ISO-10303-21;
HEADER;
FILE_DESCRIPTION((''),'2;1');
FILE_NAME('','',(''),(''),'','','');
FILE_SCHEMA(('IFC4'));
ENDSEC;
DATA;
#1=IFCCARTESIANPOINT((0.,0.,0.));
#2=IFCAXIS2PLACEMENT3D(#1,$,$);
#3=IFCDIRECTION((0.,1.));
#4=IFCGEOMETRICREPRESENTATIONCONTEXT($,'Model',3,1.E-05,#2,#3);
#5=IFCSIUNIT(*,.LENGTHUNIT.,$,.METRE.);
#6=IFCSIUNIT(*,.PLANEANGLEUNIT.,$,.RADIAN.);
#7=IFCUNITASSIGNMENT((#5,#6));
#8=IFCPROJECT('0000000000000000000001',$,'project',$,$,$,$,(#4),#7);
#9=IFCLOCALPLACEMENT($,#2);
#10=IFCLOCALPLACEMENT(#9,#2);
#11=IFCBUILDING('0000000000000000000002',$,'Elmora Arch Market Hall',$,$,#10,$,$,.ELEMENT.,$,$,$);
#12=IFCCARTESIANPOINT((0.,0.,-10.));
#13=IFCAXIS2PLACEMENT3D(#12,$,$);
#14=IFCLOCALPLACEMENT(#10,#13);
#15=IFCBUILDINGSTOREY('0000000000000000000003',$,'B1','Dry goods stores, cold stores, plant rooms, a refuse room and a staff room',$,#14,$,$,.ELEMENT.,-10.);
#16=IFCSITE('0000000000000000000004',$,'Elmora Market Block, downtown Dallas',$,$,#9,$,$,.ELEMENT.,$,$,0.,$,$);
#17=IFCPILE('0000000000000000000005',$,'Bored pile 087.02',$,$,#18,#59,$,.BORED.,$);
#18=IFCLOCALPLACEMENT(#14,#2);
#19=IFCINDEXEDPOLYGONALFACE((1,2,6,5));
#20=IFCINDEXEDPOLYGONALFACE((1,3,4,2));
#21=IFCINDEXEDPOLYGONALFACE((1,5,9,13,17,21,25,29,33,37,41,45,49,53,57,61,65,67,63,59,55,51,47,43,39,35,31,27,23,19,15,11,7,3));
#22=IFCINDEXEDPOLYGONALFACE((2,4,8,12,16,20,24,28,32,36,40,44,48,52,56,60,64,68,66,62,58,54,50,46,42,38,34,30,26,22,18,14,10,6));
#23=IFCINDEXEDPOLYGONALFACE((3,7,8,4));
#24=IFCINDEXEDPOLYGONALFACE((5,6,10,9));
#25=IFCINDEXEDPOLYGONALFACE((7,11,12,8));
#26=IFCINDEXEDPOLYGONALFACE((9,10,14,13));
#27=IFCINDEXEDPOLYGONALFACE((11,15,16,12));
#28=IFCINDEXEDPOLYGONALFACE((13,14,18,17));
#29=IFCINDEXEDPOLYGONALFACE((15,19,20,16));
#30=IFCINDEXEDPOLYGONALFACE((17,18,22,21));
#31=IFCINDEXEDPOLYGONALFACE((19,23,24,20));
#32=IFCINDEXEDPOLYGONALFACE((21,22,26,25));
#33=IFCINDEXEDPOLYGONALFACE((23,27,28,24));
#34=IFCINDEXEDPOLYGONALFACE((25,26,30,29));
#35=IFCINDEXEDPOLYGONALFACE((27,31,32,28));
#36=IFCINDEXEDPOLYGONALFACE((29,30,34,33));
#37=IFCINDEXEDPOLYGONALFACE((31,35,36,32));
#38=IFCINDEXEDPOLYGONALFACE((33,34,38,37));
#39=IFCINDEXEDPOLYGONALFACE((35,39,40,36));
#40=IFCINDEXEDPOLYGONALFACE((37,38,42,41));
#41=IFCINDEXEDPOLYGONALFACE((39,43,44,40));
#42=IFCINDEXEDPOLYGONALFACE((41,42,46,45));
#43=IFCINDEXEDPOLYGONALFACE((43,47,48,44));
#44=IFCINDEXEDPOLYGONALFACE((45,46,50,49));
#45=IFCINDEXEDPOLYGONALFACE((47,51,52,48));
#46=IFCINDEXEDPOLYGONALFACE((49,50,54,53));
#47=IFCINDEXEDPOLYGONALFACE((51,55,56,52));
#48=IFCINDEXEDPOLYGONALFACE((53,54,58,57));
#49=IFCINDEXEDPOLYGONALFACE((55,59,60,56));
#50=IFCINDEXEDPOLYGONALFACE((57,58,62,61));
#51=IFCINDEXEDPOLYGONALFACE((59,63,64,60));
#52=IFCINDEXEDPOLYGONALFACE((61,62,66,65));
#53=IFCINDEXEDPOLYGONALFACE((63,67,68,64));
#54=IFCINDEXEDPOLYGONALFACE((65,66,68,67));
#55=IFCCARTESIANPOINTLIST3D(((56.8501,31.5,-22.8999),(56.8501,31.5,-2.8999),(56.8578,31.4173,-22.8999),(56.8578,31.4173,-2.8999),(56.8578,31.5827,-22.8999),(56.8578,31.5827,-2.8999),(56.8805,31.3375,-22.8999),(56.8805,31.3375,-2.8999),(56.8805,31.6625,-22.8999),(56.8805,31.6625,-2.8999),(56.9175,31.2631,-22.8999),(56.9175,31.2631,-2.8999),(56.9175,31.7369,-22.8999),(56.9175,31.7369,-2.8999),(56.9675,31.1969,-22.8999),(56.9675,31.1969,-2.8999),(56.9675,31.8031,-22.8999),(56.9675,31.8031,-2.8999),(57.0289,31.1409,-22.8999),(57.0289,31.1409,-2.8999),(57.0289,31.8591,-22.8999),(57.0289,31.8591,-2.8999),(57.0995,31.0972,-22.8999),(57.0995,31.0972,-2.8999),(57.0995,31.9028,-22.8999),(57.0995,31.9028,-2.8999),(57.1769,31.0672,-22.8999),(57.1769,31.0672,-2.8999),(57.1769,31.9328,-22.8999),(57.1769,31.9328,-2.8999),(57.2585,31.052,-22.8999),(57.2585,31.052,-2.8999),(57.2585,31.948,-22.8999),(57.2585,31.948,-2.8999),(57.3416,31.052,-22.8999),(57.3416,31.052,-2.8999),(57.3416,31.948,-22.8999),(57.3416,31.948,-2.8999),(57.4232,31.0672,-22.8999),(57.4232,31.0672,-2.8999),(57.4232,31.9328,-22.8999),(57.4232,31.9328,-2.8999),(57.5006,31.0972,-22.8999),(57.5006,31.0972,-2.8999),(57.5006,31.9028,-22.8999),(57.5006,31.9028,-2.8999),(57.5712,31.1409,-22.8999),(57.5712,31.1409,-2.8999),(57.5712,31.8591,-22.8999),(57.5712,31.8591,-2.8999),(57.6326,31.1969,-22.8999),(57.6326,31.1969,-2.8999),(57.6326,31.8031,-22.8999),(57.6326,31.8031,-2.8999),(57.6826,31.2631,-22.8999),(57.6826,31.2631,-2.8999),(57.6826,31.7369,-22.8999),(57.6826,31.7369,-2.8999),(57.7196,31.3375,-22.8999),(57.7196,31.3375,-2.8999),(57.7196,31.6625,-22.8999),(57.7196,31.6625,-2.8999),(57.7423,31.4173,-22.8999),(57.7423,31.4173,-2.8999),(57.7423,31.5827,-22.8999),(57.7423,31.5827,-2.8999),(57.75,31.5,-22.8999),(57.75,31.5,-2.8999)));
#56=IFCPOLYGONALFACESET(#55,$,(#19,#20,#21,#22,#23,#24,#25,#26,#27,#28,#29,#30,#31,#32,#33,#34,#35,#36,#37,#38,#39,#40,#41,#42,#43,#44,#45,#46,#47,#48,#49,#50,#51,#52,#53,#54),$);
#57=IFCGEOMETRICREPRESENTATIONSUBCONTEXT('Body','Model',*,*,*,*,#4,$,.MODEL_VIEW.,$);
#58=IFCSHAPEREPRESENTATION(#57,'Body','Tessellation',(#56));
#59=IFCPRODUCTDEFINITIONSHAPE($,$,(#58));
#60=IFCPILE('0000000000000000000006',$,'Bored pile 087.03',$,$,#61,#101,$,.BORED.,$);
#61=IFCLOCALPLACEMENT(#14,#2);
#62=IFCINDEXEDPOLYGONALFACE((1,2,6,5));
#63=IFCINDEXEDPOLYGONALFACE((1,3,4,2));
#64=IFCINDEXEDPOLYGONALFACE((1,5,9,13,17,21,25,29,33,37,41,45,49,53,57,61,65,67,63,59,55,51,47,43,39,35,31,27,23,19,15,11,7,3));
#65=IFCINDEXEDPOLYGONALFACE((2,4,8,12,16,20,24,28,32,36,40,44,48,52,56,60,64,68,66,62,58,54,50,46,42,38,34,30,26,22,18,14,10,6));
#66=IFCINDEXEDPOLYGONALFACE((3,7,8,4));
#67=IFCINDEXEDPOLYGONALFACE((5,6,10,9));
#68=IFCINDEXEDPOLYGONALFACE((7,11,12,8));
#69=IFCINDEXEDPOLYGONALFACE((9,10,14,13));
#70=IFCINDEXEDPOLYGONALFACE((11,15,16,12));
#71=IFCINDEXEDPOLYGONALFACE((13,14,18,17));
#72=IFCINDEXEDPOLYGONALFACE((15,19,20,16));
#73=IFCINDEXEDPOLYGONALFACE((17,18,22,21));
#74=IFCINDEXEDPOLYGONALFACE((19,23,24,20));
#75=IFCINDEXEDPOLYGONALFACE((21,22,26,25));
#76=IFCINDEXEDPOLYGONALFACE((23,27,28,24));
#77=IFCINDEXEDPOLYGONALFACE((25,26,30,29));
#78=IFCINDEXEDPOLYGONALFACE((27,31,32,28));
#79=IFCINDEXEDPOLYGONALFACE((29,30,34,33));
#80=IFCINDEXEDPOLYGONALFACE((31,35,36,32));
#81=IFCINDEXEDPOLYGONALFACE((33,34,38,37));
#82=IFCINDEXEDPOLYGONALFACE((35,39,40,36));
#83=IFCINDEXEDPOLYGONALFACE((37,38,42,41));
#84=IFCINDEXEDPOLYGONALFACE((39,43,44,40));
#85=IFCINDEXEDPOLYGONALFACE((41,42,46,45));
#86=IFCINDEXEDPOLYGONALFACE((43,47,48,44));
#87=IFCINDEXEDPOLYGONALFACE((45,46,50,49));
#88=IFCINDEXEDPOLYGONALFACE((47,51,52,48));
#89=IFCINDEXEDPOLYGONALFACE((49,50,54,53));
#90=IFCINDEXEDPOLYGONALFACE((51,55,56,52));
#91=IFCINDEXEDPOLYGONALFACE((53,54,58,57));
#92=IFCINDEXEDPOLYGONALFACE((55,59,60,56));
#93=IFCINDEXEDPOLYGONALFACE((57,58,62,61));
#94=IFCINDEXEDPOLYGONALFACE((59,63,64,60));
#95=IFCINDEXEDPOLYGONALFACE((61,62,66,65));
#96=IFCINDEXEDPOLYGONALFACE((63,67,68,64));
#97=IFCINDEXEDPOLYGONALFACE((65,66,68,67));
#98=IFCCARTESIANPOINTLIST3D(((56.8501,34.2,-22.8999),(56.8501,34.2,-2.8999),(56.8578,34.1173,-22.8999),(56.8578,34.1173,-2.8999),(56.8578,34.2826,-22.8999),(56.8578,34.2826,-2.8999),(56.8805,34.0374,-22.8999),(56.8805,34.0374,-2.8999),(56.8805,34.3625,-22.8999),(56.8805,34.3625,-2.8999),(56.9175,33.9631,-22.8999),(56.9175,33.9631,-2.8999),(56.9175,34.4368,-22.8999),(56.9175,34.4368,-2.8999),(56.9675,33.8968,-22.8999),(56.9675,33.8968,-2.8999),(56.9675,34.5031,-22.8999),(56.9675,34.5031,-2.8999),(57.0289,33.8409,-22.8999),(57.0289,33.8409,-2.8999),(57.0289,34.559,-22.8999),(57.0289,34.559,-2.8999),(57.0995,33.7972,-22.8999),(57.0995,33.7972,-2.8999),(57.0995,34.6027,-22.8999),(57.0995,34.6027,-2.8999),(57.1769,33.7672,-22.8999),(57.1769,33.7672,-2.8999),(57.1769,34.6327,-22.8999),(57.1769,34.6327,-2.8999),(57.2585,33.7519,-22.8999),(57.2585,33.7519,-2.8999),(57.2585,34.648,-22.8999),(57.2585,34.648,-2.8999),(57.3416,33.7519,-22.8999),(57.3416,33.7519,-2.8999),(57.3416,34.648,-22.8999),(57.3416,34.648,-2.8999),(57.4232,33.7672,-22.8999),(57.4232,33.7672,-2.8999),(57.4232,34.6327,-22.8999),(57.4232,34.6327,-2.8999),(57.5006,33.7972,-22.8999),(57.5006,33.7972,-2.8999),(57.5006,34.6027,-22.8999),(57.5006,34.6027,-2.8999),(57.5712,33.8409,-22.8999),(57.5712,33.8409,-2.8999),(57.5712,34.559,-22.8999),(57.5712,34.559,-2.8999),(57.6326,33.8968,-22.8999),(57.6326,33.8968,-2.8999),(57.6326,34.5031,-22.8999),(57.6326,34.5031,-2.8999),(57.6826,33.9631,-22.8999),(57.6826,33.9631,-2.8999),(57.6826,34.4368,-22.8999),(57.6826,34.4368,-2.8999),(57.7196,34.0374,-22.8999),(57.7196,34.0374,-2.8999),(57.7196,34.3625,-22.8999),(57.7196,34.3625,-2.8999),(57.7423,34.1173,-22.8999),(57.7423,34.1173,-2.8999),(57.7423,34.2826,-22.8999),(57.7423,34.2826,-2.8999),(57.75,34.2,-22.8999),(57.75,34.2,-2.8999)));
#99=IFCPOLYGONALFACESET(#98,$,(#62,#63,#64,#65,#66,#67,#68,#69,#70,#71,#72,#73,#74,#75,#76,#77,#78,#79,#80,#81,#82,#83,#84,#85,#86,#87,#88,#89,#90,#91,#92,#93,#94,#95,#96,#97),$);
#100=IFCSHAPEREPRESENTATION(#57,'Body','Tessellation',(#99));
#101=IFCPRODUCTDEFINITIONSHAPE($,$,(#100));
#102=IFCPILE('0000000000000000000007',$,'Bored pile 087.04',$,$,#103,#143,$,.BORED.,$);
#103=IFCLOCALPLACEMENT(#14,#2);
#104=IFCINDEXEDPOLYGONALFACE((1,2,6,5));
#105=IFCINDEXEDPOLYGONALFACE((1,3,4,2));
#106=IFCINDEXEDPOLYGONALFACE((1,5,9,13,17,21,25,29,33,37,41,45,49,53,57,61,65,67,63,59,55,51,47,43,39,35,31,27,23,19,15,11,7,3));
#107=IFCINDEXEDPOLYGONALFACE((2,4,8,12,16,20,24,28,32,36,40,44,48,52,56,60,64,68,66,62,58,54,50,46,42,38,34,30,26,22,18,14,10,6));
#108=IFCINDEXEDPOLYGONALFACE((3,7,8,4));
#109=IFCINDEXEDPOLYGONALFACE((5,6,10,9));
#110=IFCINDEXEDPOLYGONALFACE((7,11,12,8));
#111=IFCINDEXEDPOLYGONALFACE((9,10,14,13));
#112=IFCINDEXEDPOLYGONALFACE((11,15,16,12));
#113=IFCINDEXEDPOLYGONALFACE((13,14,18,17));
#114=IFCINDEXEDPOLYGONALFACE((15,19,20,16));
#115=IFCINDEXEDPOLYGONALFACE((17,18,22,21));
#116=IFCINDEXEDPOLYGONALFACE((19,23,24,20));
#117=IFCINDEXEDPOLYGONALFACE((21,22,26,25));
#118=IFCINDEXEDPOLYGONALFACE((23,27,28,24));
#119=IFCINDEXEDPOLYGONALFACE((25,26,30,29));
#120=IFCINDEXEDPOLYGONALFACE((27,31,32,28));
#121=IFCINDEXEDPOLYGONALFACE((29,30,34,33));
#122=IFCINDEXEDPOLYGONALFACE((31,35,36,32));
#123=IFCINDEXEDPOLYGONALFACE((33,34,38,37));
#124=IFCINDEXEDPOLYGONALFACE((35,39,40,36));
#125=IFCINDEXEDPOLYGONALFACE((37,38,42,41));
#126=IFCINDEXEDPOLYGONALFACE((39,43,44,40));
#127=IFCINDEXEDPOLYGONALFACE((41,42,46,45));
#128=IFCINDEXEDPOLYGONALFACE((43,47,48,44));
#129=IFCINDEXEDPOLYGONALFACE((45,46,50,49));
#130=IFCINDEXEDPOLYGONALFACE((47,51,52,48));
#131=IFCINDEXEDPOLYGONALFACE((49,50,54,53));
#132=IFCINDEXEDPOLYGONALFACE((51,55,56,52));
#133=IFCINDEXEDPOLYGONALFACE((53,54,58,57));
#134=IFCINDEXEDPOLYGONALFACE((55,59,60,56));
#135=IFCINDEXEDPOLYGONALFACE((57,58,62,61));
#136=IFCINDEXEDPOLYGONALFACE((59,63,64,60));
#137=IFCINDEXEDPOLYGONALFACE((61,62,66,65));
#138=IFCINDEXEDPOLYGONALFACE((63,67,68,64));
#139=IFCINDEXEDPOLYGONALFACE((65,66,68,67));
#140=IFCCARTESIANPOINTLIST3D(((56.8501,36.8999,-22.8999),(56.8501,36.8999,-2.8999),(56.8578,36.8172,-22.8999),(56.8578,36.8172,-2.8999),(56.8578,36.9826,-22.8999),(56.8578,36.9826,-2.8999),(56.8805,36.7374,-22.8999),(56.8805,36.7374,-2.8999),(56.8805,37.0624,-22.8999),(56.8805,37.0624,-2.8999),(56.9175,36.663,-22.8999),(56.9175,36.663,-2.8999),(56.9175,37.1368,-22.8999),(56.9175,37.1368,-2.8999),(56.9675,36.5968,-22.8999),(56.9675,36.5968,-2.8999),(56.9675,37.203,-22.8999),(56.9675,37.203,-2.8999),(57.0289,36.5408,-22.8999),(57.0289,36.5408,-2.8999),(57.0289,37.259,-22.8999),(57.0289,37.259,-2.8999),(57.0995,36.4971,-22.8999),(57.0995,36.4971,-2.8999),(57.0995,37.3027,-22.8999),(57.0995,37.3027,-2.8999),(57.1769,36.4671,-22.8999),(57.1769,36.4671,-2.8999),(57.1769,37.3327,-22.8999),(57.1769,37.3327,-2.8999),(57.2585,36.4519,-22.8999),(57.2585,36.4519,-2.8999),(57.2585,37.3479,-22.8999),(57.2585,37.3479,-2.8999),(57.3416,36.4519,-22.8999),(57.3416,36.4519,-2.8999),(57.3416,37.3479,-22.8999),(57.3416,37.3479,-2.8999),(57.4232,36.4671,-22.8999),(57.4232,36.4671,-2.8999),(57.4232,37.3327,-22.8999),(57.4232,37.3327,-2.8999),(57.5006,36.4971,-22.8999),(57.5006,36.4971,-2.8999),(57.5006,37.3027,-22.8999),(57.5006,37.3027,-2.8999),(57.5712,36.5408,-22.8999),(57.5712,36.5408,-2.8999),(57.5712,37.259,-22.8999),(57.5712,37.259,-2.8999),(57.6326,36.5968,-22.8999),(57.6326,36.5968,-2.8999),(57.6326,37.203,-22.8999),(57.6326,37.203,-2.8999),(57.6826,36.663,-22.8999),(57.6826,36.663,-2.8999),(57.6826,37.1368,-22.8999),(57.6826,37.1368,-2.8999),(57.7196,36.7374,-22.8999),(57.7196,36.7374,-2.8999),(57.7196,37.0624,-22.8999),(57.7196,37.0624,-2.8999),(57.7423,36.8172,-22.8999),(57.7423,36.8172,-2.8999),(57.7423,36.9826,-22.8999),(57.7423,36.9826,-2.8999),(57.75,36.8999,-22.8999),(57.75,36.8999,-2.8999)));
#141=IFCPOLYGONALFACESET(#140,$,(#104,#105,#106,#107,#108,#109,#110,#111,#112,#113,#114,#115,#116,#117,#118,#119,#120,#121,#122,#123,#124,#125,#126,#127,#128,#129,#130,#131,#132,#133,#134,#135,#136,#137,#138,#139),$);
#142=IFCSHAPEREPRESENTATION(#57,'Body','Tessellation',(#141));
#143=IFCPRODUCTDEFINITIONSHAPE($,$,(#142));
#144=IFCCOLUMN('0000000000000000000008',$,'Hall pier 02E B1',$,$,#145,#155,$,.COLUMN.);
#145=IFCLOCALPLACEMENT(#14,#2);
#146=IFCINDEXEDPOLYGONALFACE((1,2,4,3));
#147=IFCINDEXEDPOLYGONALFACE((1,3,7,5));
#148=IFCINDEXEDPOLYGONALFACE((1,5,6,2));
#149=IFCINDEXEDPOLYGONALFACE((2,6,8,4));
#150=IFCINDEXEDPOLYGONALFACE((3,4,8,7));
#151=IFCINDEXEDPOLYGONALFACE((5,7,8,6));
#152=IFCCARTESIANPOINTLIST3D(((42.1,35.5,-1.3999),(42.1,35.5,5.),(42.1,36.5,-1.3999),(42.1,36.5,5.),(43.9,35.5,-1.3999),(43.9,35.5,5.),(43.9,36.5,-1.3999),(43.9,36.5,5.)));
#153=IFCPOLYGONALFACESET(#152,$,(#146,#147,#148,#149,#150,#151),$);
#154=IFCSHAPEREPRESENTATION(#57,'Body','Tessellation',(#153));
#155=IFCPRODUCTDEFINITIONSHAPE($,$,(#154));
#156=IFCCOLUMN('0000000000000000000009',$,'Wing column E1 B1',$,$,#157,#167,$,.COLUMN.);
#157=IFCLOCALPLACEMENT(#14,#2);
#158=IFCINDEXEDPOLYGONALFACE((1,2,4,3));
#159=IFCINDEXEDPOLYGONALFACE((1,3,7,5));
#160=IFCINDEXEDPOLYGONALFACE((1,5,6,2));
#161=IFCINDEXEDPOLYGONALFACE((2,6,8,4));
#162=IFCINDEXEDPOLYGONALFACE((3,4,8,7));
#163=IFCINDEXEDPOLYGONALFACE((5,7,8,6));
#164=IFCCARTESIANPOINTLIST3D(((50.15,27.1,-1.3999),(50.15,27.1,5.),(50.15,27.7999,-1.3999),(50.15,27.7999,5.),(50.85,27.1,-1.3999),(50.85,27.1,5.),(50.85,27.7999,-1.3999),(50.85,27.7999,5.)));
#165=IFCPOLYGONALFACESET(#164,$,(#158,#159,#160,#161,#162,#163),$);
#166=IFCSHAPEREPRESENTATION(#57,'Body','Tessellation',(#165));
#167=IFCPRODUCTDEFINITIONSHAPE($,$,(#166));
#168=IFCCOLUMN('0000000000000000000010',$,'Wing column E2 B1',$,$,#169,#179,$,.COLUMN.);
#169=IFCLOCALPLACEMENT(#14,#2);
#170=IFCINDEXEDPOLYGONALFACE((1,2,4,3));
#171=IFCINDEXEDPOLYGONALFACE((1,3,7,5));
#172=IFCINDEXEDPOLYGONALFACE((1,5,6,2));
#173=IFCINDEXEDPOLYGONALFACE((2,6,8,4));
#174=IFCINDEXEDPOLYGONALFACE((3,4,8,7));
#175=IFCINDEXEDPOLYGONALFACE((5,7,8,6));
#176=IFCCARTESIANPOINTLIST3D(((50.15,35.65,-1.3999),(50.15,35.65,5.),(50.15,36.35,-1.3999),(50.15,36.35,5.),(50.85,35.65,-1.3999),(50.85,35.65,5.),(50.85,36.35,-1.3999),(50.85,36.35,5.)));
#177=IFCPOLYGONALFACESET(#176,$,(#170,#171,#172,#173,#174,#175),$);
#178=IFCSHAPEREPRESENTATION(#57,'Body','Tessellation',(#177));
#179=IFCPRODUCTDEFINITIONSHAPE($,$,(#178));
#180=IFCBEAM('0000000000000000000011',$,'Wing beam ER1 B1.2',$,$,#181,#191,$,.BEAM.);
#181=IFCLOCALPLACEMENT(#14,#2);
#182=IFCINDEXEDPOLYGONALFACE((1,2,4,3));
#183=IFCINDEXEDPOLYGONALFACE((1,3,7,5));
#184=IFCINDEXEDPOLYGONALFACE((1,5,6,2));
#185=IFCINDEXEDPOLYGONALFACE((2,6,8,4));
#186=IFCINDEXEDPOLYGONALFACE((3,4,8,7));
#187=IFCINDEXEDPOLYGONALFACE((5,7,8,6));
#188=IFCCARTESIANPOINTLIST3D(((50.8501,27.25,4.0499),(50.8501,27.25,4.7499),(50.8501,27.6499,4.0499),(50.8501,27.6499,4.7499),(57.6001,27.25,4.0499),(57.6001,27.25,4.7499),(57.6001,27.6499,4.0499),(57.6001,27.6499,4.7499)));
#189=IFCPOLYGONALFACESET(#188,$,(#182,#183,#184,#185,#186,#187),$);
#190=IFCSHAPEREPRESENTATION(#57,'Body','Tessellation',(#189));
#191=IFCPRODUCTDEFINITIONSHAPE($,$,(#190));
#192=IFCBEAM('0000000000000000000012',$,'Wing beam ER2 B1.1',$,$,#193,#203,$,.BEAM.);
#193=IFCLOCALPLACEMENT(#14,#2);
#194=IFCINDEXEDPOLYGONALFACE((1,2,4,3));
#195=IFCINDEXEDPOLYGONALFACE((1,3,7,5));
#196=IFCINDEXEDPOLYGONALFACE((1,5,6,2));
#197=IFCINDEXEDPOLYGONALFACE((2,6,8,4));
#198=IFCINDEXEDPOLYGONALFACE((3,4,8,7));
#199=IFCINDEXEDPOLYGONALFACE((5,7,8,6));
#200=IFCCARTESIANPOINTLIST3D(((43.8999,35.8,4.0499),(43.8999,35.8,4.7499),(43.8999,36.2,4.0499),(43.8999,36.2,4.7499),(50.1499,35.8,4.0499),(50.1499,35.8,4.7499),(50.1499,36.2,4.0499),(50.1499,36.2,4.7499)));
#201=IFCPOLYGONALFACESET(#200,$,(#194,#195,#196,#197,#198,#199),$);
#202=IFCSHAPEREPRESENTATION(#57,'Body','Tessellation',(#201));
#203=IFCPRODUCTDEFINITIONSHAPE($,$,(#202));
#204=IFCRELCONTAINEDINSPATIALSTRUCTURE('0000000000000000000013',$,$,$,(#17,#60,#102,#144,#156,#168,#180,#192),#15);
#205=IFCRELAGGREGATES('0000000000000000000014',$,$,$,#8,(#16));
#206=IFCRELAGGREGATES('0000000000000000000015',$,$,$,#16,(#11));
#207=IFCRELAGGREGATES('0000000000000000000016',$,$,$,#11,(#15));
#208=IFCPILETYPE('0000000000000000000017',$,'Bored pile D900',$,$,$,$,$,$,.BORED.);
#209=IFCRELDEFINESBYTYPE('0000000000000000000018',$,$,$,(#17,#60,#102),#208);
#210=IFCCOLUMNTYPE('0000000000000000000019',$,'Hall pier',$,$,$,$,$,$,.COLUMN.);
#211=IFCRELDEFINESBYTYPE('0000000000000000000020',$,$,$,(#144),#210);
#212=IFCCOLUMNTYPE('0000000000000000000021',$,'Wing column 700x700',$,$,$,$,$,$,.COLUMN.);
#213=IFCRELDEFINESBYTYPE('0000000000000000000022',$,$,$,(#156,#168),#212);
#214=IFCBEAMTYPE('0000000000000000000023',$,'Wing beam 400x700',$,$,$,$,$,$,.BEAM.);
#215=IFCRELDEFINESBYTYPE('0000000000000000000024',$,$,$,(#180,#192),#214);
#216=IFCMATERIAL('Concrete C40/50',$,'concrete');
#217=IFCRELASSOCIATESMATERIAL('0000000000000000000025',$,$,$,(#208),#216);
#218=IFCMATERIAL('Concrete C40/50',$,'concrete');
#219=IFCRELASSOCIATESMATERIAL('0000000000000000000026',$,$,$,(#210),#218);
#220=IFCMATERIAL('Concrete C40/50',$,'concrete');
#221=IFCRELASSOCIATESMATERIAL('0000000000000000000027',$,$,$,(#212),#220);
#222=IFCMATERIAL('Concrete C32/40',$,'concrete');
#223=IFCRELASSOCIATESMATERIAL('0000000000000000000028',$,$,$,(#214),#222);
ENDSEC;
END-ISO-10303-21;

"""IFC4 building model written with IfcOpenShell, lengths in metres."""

from ifc_helpers import new_model, si_unit, direction, frame, origin, origin_2d, place, context, subcontext, project, spatial, rectangle, circle, extrude, material, material_profile, profile_set, type_object, element, save


model = new_model("IFC4")

# Units and contexts
model_context = context("Model", 3, precision=1e-05, world=origin(), true_north=direction((0.0, 1.0)))
body_context = subcontext(model_context, "Body", "Model", "MODEL_VIEW")
ifc_project = project(units=[si_unit("LENGTHUNIT", "METRE"), si_unit("PLANEANGLEUNIT", "RADIAN")], contexts=[model_context])

# Site, building, storey
site_placement = place(None, origin())
site = spatial("IfcSite", under=ifc_project, at=site_placement, Name="Elmora Market Block, downtown Dallas", CompositionType="ELEMENT", RefElevation=0.0)
building_placement = place(site_placement, origin())
building = spatial("IfcBuilding", under=site, at=building_placement, Name="Elmora Arch Market Hall", CompositionType="ELEMENT")
storey_placement = place(building_placement, frame((0.0, 0.0, -10.0)))
storey = spatial("IfcBuildingStorey", under=building, at=storey_placement, Name="B1", Description="Dry goods stores, cold stores, plant rooms, a refuse room and a staff room", CompositionType="ELEMENT", Elevation=-10.0)

# Piles
ifc_material_1 = material(Name="Concrete C40/50", Category="concrete")
ifc_material_profile_1 = material_profile(ifc_material_1, circle(Radius=0.45, at=origin_2d()), Name="Bored pile D900")
ifc_profile_set_1 = profile_set([ifc_material_profile_1], Name="Concrete C40/50")
pile_type = type_object("IfcPileType", Name="Bored pile D900", PredefinedType="BORED", material=ifc_profile_set_1)
for number, where, z_axis, x_axis, name in (
    (1, (57.3, 31.5, -2.8999), (0.0, 0.0, -1.0), (1.0, 0.0, 0.0), "Bored pile 087.02"),
    (2, (57.3, 34.2, -2.8999), (0.0, 0.0, -1.0), (1.0, 0.0, 0.0), "Bored pile 087.03"),
    (3, (57.3, 36.8999, -2.8999), (0.0, 0.0, -1.0), (1.0, 0.0, 0.0), "Bored pile 087.04"),
):
    element("IfcPile", number, at=place(storey_placement, frame(where, z_axis=z_axis, x_axis=x_axis)), inside=storey, type_object=pile_type, Name=name, PredefinedType="BORED", context=body_context, shape_type="SweptSolid", body=[
        extrude(circle(Radius=0.45, at=origin_2d()), origin(), (0.0, 0.0, 1.0), 20.0),
    ])

# Columns
ifc_material_2 = material(Name="Concrete C40/50", Category="concrete")
ifc_material_profile_2 = material_profile(ifc_material_2, rectangle(XDim=1.8, YDim=1.0, at=origin_2d()), Name="Hall pier")
ifc_profile_set_2 = profile_set([ifc_material_profile_2], Name="Concrete C40/50")
column_type_1 = type_object("IfcColumnType", Name="Hall pier", PredefinedType="COLUMN", material=ifc_profile_set_2)
column_placement = place(storey_placement, frame((43.0, 36.0, -1.3999), z_axis=(0.0, 0.0, 1.0), x_axis=(1.0, 0.0, 0.0)))
element("IfcColumn", 4, at=column_placement, inside=storey, type_object=column_type_1, Name="Hall pier 02E B1", PredefinedType="COLUMN", context=body_context, shape_type="SweptSolid", body=[
    extrude(rectangle(XDim=1.8, YDim=1.0, at=origin_2d()), origin(), (0.0, 0.0, 1.0), 6.3999),
])
ifc_material_3 = material(Name="Concrete C40/50", Category="concrete")
ifc_material_profile_3 = material_profile(ifc_material_3, rectangle(XDim=0.7, YDim=0.7, at=origin_2d()), Name="Wing column 700x700")
ifc_profile_set_3 = profile_set([ifc_material_profile_3], Name="Concrete C40/50")
column_type_2 = type_object("IfcColumnType", Name="Wing column 700x700", PredefinedType="COLUMN", material=ifc_profile_set_3)
for number, where, z_axis, x_axis, name in (
    (5, (50.5, 27.45, -1.3999), (0.0, 0.0, 1.0), (1.0, 0.0, 0.0), "Wing column E1 B1"),
    (6, (50.5, 36.0, -1.3999), (0.0, 0.0, 1.0), (1.0, 0.0, 0.0), "Wing column E2 B1"),
):
    element("IfcColumn", number, at=place(storey_placement, frame(where, z_axis=z_axis, x_axis=x_axis)), inside=storey, type_object=column_type_2, Name=name, PredefinedType="COLUMN", context=body_context, shape_type="SweptSolid", body=[
        extrude(rectangle(XDim=0.7, YDim=0.7, at=origin_2d()), origin(), (0.0, 0.0, 1.0), 6.3999),
    ])

# Beams
ifc_material_4 = material(Name="Concrete C32/40", Category="concrete")
ifc_material_profile_4 = material_profile(ifc_material_4, rectangle(XDim=0.3999, YDim=0.7, at=origin_2d()), Name="Wing beam 400x700")
ifc_profile_set_4 = profile_set([ifc_material_profile_4], Name="Concrete C32/40")
beam_type_1 = type_object("IfcBeamType", Name="Wing beam 400x700", PredefinedType="BEAM", material=ifc_profile_set_4)
beam_1_placement = place(storey_placement, frame((50.8501, 27.45, 4.3999), z_axis=(1.0, 0.0, 0.0), x_axis=(0.0, 1.0, 0.0)))
element("IfcBeam", 7, at=beam_1_placement, inside=storey, type_object=beam_type_1, Name="Wing beam ER1 B1.2", PredefinedType="BEAM", context=body_context, shape_type="SweptSolid", body=[
    extrude(rectangle(XDim=0.3999, YDim=0.7, at=origin_2d()), origin(), (0.0, 0.0, 1.0), 6.75),
])
beam_2_placement = place(storey_placement, frame((43.8999, 36.0, 4.3999), z_axis=(1.0, 0.0, 0.0), x_axis=(0.0, 1.0, 0.0)))
element("IfcBeam", 8, at=beam_2_placement, inside=storey, type_object=beam_type_1, Name="Wing beam ER2 B1.1", PredefinedType="BEAM", context=body_context, shape_type="SweptSolid", body=[
    extrude(rectangle(XDim=0.3999, YDim=0.7, at=origin_2d()), origin(), (0.0, 0.0, 1.0), 6.25),
])

save(model, "model.ifc")
